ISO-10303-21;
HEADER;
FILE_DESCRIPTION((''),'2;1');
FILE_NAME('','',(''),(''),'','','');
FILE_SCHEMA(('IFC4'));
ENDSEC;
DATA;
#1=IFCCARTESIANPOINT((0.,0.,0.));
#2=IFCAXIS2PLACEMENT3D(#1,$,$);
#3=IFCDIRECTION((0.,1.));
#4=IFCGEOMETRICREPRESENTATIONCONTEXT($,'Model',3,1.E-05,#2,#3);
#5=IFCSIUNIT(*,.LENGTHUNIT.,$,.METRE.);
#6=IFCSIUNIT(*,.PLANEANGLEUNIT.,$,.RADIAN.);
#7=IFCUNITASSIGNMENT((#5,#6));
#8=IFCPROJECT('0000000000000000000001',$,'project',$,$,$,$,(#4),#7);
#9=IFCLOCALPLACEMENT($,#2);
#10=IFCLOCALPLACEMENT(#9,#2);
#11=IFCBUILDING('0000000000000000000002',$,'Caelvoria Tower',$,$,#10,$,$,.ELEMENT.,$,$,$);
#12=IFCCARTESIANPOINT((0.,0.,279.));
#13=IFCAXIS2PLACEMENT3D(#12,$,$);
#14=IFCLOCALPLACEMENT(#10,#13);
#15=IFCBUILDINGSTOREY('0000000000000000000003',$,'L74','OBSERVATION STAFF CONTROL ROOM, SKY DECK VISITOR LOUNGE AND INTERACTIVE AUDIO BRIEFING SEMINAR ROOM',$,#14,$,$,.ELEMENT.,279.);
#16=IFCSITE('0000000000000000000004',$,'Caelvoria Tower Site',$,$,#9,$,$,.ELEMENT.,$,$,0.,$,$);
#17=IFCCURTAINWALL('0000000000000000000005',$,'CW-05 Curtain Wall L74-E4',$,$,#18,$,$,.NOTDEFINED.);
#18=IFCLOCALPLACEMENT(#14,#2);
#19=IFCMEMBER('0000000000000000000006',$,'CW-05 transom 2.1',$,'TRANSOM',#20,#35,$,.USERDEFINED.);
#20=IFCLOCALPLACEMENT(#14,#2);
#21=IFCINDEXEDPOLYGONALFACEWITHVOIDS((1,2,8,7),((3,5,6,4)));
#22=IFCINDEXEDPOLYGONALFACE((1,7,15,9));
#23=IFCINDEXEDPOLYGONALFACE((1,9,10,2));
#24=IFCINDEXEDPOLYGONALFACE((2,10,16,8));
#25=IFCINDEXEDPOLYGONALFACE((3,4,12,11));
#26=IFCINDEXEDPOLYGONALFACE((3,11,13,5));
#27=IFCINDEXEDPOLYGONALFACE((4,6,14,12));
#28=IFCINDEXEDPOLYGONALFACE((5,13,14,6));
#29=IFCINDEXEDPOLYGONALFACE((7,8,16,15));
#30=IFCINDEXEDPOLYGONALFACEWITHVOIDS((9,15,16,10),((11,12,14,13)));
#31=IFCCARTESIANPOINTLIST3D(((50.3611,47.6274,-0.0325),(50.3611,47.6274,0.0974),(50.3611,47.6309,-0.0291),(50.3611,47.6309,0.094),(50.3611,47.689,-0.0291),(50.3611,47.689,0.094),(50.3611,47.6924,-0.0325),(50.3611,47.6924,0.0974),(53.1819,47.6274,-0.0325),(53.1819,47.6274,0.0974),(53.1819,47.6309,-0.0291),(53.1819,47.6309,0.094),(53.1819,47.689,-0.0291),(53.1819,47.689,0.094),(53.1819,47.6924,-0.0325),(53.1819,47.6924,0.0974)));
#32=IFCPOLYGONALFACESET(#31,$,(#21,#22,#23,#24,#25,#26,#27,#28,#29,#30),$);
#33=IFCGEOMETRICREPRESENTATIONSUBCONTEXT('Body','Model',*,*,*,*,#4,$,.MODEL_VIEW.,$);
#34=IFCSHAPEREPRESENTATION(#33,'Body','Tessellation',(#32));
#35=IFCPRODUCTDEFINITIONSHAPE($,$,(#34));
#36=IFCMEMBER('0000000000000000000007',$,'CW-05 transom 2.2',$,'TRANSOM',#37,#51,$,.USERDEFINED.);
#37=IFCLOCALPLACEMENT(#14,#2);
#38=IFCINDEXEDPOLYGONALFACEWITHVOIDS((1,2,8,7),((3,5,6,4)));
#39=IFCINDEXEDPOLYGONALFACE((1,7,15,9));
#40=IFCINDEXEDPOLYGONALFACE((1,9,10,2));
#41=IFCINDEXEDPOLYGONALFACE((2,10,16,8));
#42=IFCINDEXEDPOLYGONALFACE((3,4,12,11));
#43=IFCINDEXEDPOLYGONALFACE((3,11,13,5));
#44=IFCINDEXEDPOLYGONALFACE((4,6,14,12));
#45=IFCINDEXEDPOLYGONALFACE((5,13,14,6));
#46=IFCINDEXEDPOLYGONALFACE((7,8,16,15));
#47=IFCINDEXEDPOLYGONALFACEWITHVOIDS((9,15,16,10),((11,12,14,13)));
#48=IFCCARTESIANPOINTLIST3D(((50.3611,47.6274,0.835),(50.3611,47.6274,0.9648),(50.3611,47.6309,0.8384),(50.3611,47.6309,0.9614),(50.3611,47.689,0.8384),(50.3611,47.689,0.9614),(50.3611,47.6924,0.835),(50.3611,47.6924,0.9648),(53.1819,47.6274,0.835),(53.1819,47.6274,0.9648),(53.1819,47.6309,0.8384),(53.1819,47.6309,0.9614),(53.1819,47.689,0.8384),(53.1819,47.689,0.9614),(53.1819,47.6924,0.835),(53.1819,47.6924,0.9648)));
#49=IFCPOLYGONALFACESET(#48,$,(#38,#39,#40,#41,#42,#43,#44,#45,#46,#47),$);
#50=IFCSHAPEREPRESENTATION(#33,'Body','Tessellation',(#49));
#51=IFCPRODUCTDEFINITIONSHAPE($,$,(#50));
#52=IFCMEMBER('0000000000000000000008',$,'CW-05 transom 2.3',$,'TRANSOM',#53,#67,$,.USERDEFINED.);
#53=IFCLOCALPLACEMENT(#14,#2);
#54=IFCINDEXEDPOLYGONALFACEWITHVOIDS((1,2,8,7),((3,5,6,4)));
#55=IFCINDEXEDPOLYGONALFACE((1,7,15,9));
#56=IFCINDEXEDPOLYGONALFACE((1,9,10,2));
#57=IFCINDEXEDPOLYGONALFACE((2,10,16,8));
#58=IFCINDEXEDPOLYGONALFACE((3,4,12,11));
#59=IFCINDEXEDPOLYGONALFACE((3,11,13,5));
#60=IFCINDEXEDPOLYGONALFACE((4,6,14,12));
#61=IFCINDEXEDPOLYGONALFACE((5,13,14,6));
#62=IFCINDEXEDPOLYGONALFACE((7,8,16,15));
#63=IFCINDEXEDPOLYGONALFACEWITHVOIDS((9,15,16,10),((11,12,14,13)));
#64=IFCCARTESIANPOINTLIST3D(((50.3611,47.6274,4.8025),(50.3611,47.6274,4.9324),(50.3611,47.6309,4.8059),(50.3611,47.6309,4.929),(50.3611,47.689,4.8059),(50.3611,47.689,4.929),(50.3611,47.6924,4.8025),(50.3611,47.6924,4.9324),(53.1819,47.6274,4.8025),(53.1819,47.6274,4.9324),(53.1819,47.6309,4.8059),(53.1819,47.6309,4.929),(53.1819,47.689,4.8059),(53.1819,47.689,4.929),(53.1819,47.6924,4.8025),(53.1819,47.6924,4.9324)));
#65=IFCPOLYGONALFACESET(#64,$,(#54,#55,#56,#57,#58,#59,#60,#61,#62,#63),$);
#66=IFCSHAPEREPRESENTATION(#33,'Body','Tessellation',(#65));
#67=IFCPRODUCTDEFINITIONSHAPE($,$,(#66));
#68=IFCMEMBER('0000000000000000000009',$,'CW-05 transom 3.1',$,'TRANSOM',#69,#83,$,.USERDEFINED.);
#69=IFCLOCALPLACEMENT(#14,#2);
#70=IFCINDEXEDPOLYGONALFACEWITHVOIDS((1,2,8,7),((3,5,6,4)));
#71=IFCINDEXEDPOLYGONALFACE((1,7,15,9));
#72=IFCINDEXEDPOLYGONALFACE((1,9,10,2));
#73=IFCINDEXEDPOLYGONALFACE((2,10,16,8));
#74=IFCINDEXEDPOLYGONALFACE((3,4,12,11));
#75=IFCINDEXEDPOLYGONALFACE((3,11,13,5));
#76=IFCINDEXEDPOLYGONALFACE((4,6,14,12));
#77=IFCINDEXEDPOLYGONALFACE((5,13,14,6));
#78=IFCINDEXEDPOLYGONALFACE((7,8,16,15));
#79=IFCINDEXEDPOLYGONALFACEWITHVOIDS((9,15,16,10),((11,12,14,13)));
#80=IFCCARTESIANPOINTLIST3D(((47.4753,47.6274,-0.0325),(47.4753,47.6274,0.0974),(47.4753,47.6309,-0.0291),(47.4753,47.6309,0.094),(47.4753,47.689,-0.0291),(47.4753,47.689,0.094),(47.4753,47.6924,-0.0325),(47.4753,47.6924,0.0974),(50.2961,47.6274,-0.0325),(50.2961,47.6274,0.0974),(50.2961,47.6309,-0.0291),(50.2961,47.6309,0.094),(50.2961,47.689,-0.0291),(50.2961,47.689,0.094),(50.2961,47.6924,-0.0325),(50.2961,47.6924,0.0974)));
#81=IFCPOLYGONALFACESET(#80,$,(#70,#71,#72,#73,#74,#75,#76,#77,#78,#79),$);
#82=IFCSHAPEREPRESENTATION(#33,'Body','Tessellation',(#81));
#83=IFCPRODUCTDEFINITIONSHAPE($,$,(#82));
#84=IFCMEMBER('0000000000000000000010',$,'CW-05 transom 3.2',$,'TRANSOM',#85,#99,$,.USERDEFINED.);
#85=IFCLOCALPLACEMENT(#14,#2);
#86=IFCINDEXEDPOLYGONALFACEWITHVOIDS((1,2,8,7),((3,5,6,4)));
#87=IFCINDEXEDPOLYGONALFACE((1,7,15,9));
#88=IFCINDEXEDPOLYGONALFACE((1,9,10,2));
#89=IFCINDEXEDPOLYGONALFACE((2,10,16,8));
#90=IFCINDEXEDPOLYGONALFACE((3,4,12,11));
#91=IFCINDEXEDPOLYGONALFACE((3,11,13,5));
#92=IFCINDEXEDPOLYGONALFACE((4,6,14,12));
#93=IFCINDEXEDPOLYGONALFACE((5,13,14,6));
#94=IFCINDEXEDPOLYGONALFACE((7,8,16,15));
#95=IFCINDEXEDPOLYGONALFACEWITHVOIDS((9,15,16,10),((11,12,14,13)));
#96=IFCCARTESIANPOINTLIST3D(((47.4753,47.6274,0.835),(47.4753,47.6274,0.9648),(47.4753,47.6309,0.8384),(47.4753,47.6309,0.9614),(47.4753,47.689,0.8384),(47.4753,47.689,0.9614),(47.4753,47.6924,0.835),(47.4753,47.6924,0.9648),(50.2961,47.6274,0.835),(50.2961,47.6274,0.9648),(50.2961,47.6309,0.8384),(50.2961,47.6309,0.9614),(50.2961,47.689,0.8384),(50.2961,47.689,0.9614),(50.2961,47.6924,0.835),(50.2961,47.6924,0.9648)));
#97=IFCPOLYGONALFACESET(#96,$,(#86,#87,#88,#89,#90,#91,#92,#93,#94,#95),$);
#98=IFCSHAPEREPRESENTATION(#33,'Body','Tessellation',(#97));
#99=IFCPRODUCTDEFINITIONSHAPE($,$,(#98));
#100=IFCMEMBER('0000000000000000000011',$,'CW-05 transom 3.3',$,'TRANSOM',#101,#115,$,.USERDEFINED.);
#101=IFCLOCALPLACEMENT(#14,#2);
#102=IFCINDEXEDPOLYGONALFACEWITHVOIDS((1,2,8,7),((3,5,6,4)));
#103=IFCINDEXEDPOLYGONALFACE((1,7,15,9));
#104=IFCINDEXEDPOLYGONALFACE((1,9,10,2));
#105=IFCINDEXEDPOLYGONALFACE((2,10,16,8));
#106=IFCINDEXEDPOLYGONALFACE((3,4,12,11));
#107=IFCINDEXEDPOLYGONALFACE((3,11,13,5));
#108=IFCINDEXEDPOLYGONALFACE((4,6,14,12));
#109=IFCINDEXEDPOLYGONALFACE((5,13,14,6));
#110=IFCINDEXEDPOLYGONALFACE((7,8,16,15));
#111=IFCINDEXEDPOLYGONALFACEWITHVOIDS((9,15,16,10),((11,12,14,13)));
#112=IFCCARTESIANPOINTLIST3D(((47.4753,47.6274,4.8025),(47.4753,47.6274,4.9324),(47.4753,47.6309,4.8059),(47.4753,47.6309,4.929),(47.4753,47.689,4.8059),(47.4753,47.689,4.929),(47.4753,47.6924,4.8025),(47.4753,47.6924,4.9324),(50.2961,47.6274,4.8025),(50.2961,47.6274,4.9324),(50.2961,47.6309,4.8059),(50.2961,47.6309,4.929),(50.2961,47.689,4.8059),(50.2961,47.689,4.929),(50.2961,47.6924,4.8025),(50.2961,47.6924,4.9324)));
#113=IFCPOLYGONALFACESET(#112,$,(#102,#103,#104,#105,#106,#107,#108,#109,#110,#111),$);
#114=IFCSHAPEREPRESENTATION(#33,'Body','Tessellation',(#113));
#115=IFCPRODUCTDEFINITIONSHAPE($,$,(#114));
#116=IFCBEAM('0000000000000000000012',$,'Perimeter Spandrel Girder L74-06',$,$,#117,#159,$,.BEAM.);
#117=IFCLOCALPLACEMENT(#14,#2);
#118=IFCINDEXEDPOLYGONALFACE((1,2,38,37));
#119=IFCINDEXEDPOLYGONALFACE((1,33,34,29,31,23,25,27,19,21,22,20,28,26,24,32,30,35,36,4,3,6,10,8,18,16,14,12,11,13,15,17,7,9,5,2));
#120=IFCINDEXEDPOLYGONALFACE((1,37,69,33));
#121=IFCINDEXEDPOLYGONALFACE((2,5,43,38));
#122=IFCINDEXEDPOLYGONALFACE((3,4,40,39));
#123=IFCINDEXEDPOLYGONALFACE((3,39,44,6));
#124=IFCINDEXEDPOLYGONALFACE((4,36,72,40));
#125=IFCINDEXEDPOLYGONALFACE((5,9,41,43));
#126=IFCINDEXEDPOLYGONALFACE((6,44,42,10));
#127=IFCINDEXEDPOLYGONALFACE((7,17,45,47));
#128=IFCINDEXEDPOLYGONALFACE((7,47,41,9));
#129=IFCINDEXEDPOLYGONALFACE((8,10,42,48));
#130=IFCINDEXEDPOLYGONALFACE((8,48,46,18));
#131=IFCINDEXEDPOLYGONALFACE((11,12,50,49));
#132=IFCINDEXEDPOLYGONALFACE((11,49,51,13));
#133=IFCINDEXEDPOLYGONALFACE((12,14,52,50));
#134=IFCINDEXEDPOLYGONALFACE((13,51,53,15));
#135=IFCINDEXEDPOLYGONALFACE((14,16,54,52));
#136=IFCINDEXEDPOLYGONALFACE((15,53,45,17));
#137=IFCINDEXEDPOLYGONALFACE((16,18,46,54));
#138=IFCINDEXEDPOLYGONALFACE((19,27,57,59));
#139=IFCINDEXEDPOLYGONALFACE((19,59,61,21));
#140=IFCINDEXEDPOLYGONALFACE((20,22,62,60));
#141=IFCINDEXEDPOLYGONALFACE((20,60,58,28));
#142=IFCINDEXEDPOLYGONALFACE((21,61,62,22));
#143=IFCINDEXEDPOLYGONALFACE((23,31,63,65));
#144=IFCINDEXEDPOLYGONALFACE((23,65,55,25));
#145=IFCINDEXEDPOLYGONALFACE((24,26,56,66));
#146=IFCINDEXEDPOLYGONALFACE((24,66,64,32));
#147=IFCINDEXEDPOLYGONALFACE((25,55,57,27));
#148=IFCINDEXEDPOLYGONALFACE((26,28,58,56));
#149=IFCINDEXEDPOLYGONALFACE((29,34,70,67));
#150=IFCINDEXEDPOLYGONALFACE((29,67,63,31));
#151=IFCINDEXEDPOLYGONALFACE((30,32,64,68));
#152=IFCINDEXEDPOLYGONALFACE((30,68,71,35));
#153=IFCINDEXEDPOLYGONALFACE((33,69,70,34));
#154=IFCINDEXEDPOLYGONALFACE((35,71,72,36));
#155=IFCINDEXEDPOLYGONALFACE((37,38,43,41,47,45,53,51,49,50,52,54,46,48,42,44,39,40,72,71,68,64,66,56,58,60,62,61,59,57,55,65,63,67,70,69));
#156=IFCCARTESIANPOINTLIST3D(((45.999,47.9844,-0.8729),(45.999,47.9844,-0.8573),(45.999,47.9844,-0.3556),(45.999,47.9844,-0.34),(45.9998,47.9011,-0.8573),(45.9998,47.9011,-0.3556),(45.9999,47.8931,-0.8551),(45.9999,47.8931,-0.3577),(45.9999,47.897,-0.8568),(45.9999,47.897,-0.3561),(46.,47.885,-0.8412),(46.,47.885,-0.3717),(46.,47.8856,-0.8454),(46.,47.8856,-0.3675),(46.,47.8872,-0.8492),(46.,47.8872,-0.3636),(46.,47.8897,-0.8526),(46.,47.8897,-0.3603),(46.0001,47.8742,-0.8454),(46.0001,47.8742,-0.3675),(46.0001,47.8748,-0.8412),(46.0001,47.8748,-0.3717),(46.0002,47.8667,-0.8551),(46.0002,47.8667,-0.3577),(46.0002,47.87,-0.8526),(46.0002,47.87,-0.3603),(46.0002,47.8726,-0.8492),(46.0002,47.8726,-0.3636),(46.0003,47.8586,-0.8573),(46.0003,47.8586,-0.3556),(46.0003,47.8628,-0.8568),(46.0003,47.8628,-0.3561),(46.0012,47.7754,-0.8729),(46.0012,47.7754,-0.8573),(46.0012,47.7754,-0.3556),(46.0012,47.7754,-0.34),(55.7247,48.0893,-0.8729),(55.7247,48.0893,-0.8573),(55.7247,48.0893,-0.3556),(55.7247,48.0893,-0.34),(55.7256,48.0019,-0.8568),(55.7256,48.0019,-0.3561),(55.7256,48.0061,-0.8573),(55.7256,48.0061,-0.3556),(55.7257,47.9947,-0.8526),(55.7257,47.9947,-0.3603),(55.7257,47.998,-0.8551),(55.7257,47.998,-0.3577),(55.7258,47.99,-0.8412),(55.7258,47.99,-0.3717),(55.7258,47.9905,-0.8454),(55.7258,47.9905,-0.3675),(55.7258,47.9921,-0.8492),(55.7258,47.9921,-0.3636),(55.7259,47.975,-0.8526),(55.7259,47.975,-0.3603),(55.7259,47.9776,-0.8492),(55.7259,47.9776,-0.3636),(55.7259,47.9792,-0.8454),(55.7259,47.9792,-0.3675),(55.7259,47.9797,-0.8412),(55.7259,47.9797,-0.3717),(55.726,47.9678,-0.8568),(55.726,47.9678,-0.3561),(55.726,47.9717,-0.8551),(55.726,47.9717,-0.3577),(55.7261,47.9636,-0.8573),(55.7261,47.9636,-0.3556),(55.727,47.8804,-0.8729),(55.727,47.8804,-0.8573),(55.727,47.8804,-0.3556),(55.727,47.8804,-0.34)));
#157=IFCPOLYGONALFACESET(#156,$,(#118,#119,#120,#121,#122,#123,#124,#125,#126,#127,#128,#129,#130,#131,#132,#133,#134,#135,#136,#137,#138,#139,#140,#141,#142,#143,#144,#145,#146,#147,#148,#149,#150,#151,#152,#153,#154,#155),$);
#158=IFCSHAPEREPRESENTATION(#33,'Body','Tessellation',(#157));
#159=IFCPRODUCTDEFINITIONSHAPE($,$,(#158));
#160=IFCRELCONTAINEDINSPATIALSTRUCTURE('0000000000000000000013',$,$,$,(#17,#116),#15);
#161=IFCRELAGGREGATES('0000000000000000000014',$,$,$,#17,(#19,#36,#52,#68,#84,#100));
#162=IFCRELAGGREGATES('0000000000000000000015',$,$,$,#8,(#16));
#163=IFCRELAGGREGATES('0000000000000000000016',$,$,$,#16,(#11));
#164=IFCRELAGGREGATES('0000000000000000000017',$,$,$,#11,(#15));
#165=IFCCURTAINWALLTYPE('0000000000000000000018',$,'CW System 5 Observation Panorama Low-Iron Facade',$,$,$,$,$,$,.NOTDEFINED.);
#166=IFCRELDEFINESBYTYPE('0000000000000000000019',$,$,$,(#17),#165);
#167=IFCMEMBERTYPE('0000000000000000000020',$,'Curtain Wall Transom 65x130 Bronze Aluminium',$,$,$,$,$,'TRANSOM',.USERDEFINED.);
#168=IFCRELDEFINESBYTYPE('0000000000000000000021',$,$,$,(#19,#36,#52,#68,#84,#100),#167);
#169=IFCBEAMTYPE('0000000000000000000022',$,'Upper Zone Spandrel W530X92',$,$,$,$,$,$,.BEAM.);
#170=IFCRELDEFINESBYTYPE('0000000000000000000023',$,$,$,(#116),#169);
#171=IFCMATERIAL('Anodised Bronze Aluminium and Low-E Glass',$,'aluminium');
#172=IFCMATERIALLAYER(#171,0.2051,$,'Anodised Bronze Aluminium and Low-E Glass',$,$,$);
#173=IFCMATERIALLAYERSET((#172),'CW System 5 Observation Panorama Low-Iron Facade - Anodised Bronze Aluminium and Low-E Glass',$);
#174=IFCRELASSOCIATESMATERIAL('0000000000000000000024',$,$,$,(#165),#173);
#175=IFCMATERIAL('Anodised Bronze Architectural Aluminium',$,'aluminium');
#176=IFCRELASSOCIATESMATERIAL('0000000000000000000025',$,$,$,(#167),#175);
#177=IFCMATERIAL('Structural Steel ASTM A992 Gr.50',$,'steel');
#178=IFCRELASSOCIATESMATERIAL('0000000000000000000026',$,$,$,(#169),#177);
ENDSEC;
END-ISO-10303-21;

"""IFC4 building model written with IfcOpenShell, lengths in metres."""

from ifc_helpers import new_model, si_unit, direction, frame, origin, origin_2d, place, context, subcontext, project, spatial, hollow_rectangle, i_section, extrude, material, layer, layer_set, material_profile, profile_set, type_object, element, aggregate, save


model = new_model("IFC4")

# Units and contexts
model_context = context("Model", 3, precision=1e-05, world=origin(), true_north=direction((0.0, 1.0)))
body_context = subcontext(model_context, "Body", "Model", "MODEL_VIEW")
ifc_project = project(units=[si_unit("LENGTHUNIT", "METRE"), si_unit("PLANEANGLEUNIT", "RADIAN")], contexts=[model_context])

# Site, building, storey
site_placement = place(None, origin())
site = spatial("IfcSite", under=ifc_project, at=site_placement, Name="Caelvoria Tower Site", CompositionType="ELEMENT", RefElevation=0.0)
building_placement = place(site_placement, origin())
building = spatial("IfcBuilding", under=site, at=building_placement, Name="Caelvoria Tower", CompositionType="ELEMENT")
storey_placement = place(building_placement, frame((0.0, 0.0, 279.0)))
storey = spatial("IfcBuildingStorey", under=building, at=storey_placement, Name="L74", Description="OBSERVATION STAFF CONTROL ROOM, SKY DECK VISITOR LOUNGE AND INTERACTIVE AUDIO BRIEFING SEMINAR ROOM", CompositionType="ELEMENT", Elevation=279.0)

# Shared definitions
ifc_material_1 = material(Name="Structural Steel ASTM A992 Gr.50", Category="steel")

# Shared definitions
ifc_material_2 = material(Name="Anodised Bronze Aluminium and Low-E Glass", Category="aluminium")
ifc_layer_1 = layer(ifc_material_2, 0.2051, Name="Anodised Bronze Aluminium and Low-E Glass")
ifc_layer_set_1 = layer_set([ifc_layer_1], Name="CW System 5 Observation Panorama Low-Iron Facade - Anodised Bronze Aluminium and Low-E Glass")
curtain_wall_type = type_object("IfcCurtainWallType", Name="CW System 5 Observation Panorama Low-Iron Facade", PredefinedType="NOTDEFINED", material=ifc_layer_set_1)
ifc_material_3 = material(Name="Anodised Bronze Architectural Aluminium", Category="aluminium")

# Curtain wall, members
curtain_wall_1_placement = place(storey_placement, origin())
curtain_wall_1 = element("IfcCurtainWall", 1, at=curtain_wall_1_placement, inside=storey, type_object=curtain_wall_type, Name="CW-05 Curtain Wall L74-E4", PredefinedType="NOTDEFINED")
ifc_material_profile_1 = material_profile(ifc_material_3, hollow_rectangle(XDim=0.0649, YDim=0.1299, WallThickness=0.0034, at=origin_2d()), Name="Anodised Bronze Architectural Aluminium")
ifc_profile_set_1 = profile_set([ifc_material_profile_1], Name="CW_TRAN_65X130 - Anodised Bronze Architectural Aluminium")
member_type_1 = type_object("IfcMemberType", Name="Curtain Wall Transom 65x130 Bronze Aluminium", ElementType="TRANSOM", PredefinedType="USERDEFINED", material=ifc_profile_set_1)
member_1_placement = place(storey_placement, frame((53.1819, 47.6599, 0.0325), z_axis=(-1.0, 0.0, 0.0), x_axis=(0.0, -1.0, 0.0)))
member_1 = element("IfcMember", 2, at=member_1_placement, type_object=member_type_1, Name="CW-05 transom 2.1", ObjectType="TRANSOM", PredefinedType="USERDEFINED", context=body_context, shape_type="SweptSolid", body=[
    extrude(hollow_rectangle(XDim=0.0649, YDim=0.1299, WallThickness=0.0034, at=origin_2d()), origin(), (0.0, 0.0, 1.0), 2.8208),
])
member_2_placement = place(storey_placement, frame((53.1819, 47.6599, 0.8999), z_axis=(-1.0, 0.0, 0.0), x_axis=(0.0, -1.0, 0.0)))
member_2 = element("IfcMember", 3, at=member_2_placement, type_object=member_type_1, Name="CW-05 transom 2.2", ObjectType="TRANSOM", PredefinedType="USERDEFINED", context=body_context, shape_type="SweptSolid", body=[
    extrude(hollow_rectangle(XDim=0.0649, YDim=0.1299, WallThickness=0.0034, at=origin_2d()), origin(), (0.0, 0.0, 1.0), 2.8208),
])
member_3_placement = place(storey_placement, frame((53.1819, 47.6599, 4.8674), z_axis=(-1.0, 0.0, 0.0), x_axis=(0.0, -1.0, 0.0)))
member_3 = element("IfcMember", 4, at=member_3_placement, type_object=member_type_1, Name="CW-05 transom 2.3", ObjectType="TRANSOM", PredefinedType="USERDEFINED", context=body_context, shape_type="SweptSolid", body=[
    extrude(hollow_rectangle(XDim=0.0649, YDim=0.1299, WallThickness=0.0034, at=origin_2d()), origin(), (0.0, 0.0, 1.0), 2.8208),
])
member_4_placement = place(storey_placement, frame((50.2961, 47.6599, 0.0325), z_axis=(-1.0, 0.0, 0.0), x_axis=(0.0, -1.0, 0.0)))
member_4 = element("IfcMember", 5, at=member_4_placement, type_object=member_type_1, Name="CW-05 transom 3.1", ObjectType="TRANSOM", PredefinedType="USERDEFINED", context=body_context, shape_type="SweptSolid", body=[
    extrude(hollow_rectangle(XDim=0.0649, YDim=0.1299, WallThickness=0.0034, at=origin_2d()), origin(), (0.0, 0.0, 1.0), 2.8208),
])
member_5_placement = place(storey_placement, frame((50.2961, 47.6599, 0.8999), z_axis=(-1.0, 0.0, 0.0), x_axis=(0.0, -1.0, 0.0)))
member_5 = element("IfcMember", 6, at=member_5_placement, type_object=member_type_1, Name="CW-05 transom 3.2", ObjectType="TRANSOM", PredefinedType="USERDEFINED", context=body_context, shape_type="SweptSolid", body=[
    extrude(hollow_rectangle(XDim=0.0649, YDim=0.1299, WallThickness=0.0034, at=origin_2d()), origin(), (0.0, 0.0, 1.0), 2.8208),
])
member_6_placement = place(storey_placement, frame((50.2961, 47.6599, 4.8674), z_axis=(-1.0, 0.0, 0.0), x_axis=(0.0, -1.0, 0.0)))
member_6 = element("IfcMember", 7, at=member_6_placement, type_object=member_type_1, Name="CW-05 transom 3.3", ObjectType="TRANSOM", PredefinedType="USERDEFINED", context=body_context, shape_type="SweptSolid", body=[
    extrude(hollow_rectangle(XDim=0.0649, YDim=0.1299, WallThickness=0.0034, at=origin_2d()), origin(), (0.0, 0.0, 1.0), 2.8208),
])

# Beam
ifc_material_profile_2 = material_profile(ifc_material_1, i_section(OverallWidth=0.209, OverallDepth=0.533, WebThickness=0.0103, FlangeThickness=0.0156, FilletRadius=0.0161, at=origin_2d()), Name="Structural Steel ASTM A992 Gr.50")
ifc_profile_set_2 = profile_set([ifc_material_profile_2], Name="W530X92 - Structural Steel ASTM A992 Gr.50")
beam_type = type_object("IfcBeamType", Name="Upper Zone Spandrel W530X92", PredefinedType="BEAM", material=ifc_profile_set_2)
for number, where, z_axis, x_axis, name in (
    (8, (55.7258, 47.9849, -0.6064), (-0.999942, -0.010793, 0.0), (0.010793, -0.999942, 0.0), "Perimeter Spandrel Girder L74-06"),
):
    element("IfcBeam", number, at=place(storey_placement, frame(where, z_axis=z_axis, x_axis=x_axis)), inside=storey, type_object=beam_type, Name=name, PredefinedType="BEAM", context=body_context, shape_type="SweptSolid", body=[
        extrude(i_section(OverallWidth=0.209, OverallDepth=0.533, WebThickness=0.0103, FlangeThickness=0.0156, FilletRadius=0.0161, at=origin_2d()), origin(), (0.0, 0.0, 1.0), 9.7263),
    ])

aggregate(curtain_wall_1, [member_1, member_2, member_3, member_4, member_5, member_6])

save(model, "model.ifc")
